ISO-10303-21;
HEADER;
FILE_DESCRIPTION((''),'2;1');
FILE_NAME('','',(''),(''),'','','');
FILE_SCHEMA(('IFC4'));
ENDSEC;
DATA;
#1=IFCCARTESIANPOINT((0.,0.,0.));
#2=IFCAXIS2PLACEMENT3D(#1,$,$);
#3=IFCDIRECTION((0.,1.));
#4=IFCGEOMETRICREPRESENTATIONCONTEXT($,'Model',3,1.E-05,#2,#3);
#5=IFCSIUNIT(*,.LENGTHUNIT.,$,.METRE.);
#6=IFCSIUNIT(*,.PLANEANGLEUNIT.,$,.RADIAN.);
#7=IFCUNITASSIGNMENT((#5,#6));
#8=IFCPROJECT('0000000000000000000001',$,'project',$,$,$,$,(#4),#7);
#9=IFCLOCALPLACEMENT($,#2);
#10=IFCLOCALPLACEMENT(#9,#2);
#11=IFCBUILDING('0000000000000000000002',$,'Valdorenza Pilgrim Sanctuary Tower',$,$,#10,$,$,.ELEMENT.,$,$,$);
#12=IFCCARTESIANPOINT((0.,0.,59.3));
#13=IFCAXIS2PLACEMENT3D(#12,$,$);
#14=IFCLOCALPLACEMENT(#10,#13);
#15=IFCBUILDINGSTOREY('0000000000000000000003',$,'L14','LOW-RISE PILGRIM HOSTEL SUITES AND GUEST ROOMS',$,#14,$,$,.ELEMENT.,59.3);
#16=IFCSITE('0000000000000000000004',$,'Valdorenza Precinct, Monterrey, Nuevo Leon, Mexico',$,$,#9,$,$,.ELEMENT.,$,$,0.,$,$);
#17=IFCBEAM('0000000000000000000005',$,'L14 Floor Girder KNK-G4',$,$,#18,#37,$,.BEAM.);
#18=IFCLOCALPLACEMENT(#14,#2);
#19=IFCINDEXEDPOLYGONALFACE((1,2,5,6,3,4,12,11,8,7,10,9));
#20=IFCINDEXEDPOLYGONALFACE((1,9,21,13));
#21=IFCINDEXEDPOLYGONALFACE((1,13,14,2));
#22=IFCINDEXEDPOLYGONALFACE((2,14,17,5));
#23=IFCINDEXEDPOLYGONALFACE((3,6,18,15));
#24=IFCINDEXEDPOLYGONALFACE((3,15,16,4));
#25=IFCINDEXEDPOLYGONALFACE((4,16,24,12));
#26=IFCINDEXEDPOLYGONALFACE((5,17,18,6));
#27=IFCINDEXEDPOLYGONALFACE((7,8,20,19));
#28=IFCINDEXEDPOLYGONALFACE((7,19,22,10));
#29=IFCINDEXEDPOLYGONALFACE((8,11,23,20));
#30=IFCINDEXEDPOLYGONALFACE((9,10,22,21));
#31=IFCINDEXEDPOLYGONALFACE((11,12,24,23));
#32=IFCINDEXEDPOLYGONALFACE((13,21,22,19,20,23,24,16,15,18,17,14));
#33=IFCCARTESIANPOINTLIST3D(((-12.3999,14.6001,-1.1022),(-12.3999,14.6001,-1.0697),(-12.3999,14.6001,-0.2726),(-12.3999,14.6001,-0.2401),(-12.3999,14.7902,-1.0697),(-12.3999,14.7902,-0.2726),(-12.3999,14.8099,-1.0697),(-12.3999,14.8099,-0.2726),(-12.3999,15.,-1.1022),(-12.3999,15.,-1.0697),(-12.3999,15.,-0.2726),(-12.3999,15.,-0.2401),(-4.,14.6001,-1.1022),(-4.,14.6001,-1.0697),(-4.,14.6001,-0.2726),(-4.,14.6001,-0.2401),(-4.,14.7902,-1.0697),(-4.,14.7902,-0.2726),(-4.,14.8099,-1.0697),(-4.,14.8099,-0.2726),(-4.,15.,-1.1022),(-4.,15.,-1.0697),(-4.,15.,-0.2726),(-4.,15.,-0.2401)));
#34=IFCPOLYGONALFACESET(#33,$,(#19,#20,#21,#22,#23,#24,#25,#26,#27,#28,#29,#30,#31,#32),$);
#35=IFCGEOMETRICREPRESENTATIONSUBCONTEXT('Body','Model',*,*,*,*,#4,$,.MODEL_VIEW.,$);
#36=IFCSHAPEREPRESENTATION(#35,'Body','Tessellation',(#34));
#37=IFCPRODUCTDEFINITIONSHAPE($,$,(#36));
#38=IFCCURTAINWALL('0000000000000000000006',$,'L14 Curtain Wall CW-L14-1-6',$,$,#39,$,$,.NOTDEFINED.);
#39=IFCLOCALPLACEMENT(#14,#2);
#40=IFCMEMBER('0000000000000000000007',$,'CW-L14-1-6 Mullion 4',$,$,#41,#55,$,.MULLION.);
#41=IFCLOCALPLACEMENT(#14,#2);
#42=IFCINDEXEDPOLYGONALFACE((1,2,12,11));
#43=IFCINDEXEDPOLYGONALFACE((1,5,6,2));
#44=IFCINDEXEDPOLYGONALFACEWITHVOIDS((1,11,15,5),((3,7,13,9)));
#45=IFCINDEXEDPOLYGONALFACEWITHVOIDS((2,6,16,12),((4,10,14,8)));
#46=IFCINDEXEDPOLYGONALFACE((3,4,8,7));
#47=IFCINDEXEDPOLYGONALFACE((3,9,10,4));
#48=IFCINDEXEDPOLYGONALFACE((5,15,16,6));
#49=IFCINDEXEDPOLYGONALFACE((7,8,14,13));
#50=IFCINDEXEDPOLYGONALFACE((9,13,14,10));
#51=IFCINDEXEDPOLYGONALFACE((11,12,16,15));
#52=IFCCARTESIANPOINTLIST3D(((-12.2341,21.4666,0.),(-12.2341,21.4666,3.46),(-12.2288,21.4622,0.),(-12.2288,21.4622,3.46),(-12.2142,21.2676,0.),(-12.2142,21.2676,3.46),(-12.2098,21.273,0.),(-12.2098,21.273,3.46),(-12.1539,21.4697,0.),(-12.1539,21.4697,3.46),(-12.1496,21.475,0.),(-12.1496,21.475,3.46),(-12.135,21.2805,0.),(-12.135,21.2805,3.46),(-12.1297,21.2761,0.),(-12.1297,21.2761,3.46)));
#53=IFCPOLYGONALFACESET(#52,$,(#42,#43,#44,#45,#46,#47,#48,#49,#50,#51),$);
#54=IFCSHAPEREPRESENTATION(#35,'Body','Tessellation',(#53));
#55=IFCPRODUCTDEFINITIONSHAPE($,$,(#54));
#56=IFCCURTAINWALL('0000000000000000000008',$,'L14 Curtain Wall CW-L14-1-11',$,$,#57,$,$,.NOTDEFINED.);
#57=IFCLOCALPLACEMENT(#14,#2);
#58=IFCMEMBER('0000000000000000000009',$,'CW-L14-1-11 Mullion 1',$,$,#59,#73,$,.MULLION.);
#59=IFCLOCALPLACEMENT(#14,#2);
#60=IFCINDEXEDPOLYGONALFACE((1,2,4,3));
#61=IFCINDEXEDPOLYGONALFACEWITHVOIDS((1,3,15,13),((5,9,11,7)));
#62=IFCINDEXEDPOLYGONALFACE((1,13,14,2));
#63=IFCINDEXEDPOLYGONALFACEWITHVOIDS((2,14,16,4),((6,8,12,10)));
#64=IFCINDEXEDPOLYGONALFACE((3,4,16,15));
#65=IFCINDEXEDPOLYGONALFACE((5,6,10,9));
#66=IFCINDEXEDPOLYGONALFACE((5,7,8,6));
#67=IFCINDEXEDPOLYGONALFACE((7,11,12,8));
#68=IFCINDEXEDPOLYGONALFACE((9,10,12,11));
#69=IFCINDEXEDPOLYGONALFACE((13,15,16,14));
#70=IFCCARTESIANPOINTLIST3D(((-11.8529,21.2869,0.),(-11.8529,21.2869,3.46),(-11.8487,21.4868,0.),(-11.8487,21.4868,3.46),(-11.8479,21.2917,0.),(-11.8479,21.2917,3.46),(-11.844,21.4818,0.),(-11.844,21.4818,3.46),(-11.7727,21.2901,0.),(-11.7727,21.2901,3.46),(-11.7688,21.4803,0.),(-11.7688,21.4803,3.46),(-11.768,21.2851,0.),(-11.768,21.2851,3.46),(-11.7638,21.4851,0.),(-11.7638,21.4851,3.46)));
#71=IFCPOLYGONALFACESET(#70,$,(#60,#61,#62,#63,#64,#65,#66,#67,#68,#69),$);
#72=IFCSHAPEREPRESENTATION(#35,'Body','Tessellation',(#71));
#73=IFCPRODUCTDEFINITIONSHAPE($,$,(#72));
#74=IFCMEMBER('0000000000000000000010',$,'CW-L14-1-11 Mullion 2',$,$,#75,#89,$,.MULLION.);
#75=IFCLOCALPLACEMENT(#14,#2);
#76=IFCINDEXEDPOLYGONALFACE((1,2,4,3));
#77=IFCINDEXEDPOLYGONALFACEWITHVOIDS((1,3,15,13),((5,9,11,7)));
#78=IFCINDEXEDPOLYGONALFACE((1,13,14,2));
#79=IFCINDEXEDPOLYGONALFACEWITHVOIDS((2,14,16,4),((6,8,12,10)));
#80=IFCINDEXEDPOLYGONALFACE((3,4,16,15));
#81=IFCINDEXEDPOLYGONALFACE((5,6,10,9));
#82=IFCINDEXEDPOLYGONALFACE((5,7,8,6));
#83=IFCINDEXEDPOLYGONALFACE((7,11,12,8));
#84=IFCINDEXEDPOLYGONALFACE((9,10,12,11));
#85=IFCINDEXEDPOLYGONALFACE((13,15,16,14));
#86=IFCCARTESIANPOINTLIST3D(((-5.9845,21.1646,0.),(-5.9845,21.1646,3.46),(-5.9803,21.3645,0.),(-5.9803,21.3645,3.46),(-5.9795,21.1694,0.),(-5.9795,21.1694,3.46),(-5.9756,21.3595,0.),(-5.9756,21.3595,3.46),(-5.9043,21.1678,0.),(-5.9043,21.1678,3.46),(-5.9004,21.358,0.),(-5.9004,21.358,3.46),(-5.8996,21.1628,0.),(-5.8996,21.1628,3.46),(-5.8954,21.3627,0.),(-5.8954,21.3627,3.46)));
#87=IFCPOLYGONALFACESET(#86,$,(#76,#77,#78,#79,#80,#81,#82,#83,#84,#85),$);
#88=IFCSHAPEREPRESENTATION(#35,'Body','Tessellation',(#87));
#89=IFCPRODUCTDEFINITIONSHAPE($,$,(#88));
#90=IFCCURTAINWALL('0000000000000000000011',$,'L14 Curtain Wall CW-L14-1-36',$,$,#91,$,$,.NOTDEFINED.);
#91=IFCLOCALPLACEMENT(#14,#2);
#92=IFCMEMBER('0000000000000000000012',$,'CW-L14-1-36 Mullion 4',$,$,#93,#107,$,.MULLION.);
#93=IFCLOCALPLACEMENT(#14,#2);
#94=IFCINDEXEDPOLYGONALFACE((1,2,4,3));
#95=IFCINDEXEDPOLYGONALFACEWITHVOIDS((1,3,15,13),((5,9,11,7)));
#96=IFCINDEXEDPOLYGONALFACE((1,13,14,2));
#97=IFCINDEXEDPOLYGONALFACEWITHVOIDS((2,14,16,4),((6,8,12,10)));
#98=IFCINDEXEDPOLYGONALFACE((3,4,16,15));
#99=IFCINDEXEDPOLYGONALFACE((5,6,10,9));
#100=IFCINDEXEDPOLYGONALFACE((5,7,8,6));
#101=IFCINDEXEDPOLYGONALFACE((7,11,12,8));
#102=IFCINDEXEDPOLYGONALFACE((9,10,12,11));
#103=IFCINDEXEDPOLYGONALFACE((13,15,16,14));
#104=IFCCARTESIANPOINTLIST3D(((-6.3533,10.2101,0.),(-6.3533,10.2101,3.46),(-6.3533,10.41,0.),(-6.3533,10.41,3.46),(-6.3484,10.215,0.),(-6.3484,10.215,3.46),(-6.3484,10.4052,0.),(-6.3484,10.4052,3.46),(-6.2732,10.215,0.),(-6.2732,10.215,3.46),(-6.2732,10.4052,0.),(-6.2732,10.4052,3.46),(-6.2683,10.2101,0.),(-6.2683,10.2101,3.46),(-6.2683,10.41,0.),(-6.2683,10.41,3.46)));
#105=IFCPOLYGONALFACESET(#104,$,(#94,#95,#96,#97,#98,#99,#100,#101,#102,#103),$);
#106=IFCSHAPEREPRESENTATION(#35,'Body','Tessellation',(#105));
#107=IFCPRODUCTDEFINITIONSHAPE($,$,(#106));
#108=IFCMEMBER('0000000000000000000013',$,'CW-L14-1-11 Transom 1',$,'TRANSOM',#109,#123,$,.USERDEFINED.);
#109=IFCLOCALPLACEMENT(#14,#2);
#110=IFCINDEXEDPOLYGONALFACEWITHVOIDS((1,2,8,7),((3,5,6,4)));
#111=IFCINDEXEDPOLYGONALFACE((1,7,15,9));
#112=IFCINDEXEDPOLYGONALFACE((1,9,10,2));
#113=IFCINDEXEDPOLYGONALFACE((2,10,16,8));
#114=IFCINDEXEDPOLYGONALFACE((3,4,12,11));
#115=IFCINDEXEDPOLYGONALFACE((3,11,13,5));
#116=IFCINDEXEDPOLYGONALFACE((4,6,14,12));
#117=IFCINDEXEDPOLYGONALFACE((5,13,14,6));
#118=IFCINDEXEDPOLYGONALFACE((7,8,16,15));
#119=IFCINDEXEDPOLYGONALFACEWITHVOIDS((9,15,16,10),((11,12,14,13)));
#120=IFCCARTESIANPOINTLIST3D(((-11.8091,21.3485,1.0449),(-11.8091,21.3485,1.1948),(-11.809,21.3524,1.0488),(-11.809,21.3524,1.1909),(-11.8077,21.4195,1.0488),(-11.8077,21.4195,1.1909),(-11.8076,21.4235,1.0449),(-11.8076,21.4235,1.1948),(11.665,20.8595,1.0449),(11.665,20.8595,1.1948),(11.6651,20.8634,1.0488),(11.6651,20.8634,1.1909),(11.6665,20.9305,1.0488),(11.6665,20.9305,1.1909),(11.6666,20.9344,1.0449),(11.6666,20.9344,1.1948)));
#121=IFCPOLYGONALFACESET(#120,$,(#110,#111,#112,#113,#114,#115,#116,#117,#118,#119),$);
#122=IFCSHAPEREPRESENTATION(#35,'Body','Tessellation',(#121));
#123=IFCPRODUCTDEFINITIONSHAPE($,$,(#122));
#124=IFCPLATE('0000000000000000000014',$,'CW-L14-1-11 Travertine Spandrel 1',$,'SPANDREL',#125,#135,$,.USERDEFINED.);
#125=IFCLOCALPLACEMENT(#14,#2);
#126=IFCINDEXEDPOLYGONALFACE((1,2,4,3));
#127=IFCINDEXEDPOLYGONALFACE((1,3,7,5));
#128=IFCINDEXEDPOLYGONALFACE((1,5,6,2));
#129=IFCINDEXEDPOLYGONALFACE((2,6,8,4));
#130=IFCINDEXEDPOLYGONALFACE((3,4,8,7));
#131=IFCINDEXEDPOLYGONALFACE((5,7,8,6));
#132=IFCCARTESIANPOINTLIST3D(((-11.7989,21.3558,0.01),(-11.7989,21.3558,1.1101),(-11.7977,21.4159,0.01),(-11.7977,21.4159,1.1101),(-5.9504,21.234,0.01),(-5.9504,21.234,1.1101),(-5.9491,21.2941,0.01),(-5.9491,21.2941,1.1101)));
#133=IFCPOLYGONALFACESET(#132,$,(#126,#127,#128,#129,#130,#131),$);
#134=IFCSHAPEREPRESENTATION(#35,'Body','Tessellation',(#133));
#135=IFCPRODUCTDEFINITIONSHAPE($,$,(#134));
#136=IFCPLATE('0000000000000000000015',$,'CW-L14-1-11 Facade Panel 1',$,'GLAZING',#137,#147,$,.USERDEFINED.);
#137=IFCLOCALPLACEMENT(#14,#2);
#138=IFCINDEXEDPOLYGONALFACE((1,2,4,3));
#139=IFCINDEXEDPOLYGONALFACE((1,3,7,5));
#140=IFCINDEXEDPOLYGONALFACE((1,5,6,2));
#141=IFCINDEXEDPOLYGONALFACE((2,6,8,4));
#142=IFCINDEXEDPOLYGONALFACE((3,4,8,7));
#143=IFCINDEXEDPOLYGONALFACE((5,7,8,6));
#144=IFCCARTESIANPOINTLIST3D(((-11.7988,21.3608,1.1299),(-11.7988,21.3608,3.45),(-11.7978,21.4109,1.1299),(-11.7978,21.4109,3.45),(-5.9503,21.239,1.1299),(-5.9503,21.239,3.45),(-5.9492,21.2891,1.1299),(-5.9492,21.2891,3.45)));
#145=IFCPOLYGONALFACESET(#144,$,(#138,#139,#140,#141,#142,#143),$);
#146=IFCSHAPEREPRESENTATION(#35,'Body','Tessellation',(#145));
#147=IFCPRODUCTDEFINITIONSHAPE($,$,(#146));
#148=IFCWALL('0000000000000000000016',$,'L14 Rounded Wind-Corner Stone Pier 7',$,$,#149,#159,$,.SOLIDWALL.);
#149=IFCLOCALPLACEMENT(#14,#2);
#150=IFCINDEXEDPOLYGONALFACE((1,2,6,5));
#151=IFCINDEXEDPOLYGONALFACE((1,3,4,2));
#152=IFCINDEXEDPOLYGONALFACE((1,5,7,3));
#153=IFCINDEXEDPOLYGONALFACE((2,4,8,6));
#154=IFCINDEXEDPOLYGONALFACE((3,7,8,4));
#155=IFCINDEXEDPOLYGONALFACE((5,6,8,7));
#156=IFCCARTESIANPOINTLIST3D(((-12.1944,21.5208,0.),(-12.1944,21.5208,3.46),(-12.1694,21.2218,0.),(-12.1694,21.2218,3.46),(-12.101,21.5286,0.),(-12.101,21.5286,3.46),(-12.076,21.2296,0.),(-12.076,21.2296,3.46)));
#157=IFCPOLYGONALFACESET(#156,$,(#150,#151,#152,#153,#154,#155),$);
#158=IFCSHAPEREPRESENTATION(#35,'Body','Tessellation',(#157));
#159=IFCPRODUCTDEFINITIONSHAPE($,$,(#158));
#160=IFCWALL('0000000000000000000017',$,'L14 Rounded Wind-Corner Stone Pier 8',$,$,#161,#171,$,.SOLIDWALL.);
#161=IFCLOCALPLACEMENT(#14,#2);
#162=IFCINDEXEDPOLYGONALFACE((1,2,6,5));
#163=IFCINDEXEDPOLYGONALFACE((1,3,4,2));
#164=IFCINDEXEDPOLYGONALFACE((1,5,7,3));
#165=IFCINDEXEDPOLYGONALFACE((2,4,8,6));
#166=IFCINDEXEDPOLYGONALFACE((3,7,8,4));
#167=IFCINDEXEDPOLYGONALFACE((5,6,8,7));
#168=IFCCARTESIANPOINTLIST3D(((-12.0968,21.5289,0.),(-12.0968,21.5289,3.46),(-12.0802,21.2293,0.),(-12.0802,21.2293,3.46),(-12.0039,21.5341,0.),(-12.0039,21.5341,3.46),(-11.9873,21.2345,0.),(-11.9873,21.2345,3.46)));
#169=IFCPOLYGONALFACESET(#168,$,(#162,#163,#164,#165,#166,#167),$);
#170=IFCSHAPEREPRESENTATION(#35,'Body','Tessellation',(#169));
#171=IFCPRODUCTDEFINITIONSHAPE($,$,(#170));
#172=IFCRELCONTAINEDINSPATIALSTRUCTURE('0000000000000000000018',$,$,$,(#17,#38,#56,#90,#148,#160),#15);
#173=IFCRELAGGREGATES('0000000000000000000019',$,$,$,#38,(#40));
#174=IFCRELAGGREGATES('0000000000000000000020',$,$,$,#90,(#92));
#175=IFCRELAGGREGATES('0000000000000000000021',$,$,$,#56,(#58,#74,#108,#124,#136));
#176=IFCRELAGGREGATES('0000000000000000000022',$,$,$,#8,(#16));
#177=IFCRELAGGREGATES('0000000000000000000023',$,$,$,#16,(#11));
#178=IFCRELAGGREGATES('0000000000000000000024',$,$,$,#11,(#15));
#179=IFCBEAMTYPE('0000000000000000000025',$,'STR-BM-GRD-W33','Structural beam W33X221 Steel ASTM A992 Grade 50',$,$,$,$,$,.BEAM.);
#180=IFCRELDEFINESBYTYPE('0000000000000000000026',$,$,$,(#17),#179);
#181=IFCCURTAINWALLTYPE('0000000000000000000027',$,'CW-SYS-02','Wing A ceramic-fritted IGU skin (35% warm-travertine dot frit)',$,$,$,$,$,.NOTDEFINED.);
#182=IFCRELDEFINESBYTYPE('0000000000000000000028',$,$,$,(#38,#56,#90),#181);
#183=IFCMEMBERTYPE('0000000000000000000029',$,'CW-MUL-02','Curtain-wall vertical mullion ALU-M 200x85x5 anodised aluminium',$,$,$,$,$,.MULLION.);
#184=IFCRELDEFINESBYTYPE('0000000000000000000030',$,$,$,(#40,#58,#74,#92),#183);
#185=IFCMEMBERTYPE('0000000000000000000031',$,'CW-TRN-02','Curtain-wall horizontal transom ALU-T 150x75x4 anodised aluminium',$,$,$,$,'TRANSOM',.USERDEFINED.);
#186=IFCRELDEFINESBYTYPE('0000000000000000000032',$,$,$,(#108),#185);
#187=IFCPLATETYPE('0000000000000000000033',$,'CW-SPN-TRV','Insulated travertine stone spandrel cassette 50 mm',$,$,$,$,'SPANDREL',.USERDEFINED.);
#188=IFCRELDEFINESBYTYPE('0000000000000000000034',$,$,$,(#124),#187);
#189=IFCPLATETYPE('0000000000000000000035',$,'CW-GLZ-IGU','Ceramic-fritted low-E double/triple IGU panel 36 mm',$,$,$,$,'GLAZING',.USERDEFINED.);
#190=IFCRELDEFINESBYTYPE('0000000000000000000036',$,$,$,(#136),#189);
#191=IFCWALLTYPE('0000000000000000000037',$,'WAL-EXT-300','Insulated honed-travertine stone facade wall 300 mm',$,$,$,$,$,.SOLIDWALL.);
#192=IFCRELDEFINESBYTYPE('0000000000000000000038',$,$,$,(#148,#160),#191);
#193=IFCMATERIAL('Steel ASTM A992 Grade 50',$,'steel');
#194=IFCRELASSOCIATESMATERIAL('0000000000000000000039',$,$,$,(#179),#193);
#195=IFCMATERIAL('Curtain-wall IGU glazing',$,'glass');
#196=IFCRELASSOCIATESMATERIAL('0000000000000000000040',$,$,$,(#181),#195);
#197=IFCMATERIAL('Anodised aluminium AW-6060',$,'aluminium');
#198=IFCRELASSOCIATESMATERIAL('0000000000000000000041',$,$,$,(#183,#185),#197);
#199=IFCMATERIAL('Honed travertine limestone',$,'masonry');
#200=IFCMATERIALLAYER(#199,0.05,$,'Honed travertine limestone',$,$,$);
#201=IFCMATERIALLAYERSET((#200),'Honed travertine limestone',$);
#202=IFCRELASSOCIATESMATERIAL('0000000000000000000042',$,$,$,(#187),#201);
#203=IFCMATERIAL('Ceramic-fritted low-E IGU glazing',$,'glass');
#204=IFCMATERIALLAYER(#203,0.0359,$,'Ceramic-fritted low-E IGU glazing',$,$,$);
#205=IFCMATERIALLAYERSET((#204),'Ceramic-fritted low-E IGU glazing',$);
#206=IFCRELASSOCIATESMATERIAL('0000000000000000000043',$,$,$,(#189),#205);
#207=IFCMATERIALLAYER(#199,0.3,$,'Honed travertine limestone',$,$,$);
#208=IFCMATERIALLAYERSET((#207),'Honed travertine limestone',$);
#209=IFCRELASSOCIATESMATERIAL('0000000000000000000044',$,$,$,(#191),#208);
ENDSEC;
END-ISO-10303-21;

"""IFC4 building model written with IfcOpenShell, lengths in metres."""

from ifc_helpers import new_model, si_unit, direction, frame, frame_2d, origin, origin_2d, place, context, subcontext, project, spatial, rectangle, hollow_rectangle, i_section, extrude, source, transform, mapped, material, layer, layer_set, material_profile, profile_set, type_object, element, aggregate, save


model = new_model("IFC4")

# Units and contexts
model_context = context("Model", 3, precision=1e-05, world=origin(), true_north=direction((0.0, 1.0)))
body_context = subcontext(model_context, "Body", "Model", "MODEL_VIEW")
ifc_project = project(units=[si_unit("LENGTHUNIT", "METRE"), si_unit("PLANEANGLEUNIT", "RADIAN")], contexts=[model_context])

# Site, building, storey
site_placement = place(None, origin())
site = spatial("IfcSite", under=ifc_project, at=site_placement, Name="Valdorenza Precinct, Monterrey, Nuevo Leon, Mexico", CompositionType="ELEMENT", RefElevation=0.0)
building_placement = place(site_placement, origin())
building = spatial("IfcBuilding", under=site, at=building_placement, Name="Valdorenza Pilgrim Sanctuary Tower", CompositionType="ELEMENT")
storey_placement = place(building_placement, frame((0.0, 0.0, 59.3)))
storey = spatial("IfcBuildingStorey", under=building, at=storey_placement, Name="L14", Description="LOW-RISE PILGRIM HOSTEL SUITES AND GUEST ROOMS", CompositionType="ELEMENT", Elevation=59.3)

# Beam
ifc_material_1 = material(Name="Steel ASTM A992 Grade 50", Category="steel")
ifc_material_profile_1 = material_profile(ifc_material_1, i_section(OverallWidth=0.3999, OverallDepth=0.8621, WebThickness=0.0198, FlangeThickness=0.0325, at=origin_2d()), Name="W33X221")
ifc_profile_set_1 = profile_set([ifc_material_profile_1], Name="Steel ASTM A992 Grade 50")
beam_type = type_object("IfcBeamType", Name="STR-BM-GRD-W33", Description="Structural beam W33X221 Steel ASTM A992 Grade 50", PredefinedType="BEAM", material=ifc_profile_set_1)
shared_shape_1 = source(origin(), body_context, "Body", "SweptSolid", [
    extrude(i_section(OverallWidth=0.3999, OverallDepth=0.8621, WebThickness=0.0198, FlangeThickness=0.0325, at=origin_2d()), origin(), (0.0, 0.0, 1.0), 8.3999),
])
beam_placement = place(storey_placement, frame((-12.3999, 14.8, -0.6711), z_axis=(1.0, 0.0, 0.0), x_axis=(0.0, 1.0, 0.0)))
element("IfcBeam", 1, at=beam_placement, inside=storey, type_object=beam_type, Name="L14 Floor Girder KNK-G4", PredefinedType="BEAM", context=body_context, shape_type="MappedRepresentation", body=[
    mapped(shared_shape_1, transform((0.0, 0.0, 0.0), x_axis=(1.0, 0.0, 0.0), y_axis=(0.0, 1.0, 0.0), z_axis=(0.0, 0.0, 1.0), scale=1.0)),
])

# Curtain wall, member
ifc_material_2 = material(Name="Curtain-wall IGU glazing", Category="glass")
curtain_wall_type = type_object("IfcCurtainWallType", Name="CW-SYS-02", Description="Wing A ceramic-fritted IGU skin (35% warm-travertine dot frit)", PredefinedType="NOTDEFINED", material=ifc_material_2)
curtain_wall_1_placement = place(storey_placement, origin())
curtain_wall_1 = element("IfcCurtainWall", 2, at=curtain_wall_1_placement, inside=storey, type_object=curtain_wall_type, Name="L14 Curtain Wall CW-L14-1-6", PredefinedType="NOTDEFINED")
ifc_material_3 = material(Name="Anodised aluminium AW-6060", Category="aluminium")
ifc_material_profile_2 = material_profile(ifc_material_3, hollow_rectangle(XDim=0.085, YDim=0.2, WallThickness=0.0049, at=origin_2d()), Name="ALU-M 200x85x5")
ifc_profile_set_2 = profile_set([ifc_material_profile_2], Name="Anodised aluminium AW-6060")
member_type_1 = type_object("IfcMemberType", Name="CW-MUL-02", Description="Curtain-wall vertical mullion ALU-M 200x85x5 anodised aluminium", PredefinedType="MULLION", material=ifc_profile_set_2)
shared_shape_2 = source(origin(), body_context, "Body", "SweptSolid", [
    extrude(hollow_rectangle(XDim=0.085, YDim=0.2, WallThickness=0.0049, at=origin_2d()), origin(), (0.0, 0.0, 1.0), 3.46),
])
member_1_placement = place(storey_placement, frame((-12.1819, 21.3713, 0.0), z_axis=(0.0, 0.0, 1.0), x_axis=(0.995038, 0.099493, 0.0)))
member_1 = element("IfcMember", 3, at=member_1_placement, type_object=member_type_1, Name="CW-L14-1-6 Mullion 4", PredefinedType="MULLION", context=body_context, shape_type="MappedRepresentation", body=[
    mapped(shared_shape_2, transform((0.0, 0.0, 0.0), x_axis=(1.0, 0.0, 0.0), y_axis=(0.0, 1.0, 0.0), z_axis=(0.0, 0.0, 1.0), scale=1.0)),
])
aggregate(curtain_wall_1, [member_1])

# Curtain wall, members
curtain_wall_2_placement = place(storey_placement, origin())
curtain_wall_2 = element("IfcCurtainWall", 4, at=curtain_wall_2_placement, inside=storey, type_object=curtain_wall_type, Name="L14 Curtain Wall CW-L14-1-11", PredefinedType="NOTDEFINED")
member_2_placement = place(storey_placement, frame((-11.8083, 21.386, 0.0), z_axis=(0.0, 0.0, 1.0), x_axis=(0.999783, -0.02082, 0.0)))
member_2 = element("IfcMember", 5, at=member_2_placement, type_object=member_type_1, Name="CW-L14-1-11 Mullion 1", PredefinedType="MULLION", context=body_context, shape_type="MappedRepresentation", body=[
    mapped(shared_shape_2, transform((0.0, 0.0, 0.0), x_axis=(1.0, 0.0, 0.0), y_axis=(0.0, 1.0, 0.0), z_axis=(0.0, 0.0, 1.0), scale=1.0)),
])
member_3_placement = place(storey_placement, frame((-5.9399, 21.2637, 0.0), z_axis=(0.0, 0.0, 1.0), x_axis=(0.999783, -0.02082, 0.0)))
member_3 = element("IfcMember", 6, at=member_3_placement, type_object=member_type_1, Name="CW-L14-1-11 Mullion 2", PredefinedType="MULLION", context=body_context, shape_type="MappedRepresentation", body=[
    mapped(shared_shape_2, transform((0.0, 0.0, 0.0), x_axis=(1.0, 0.0, 0.0), y_axis=(0.0, 1.0, 0.0), z_axis=(0.0, 0.0, 1.0), scale=1.0)),
])

# Curtain wall, member
curtain_wall_3_placement = place(storey_placement, origin())
curtain_wall_3 = element("IfcCurtainWall", 7, at=curtain_wall_3_placement, inside=storey, type_object=curtain_wall_type, Name="L14 Curtain Wall CW-L14-1-36", PredefinedType="NOTDEFINED")
member_4_placement = place(storey_placement, frame((-6.3108, 10.3101, 0.0), z_axis=(0.0, 0.0, 1.0), x_axis=(-1.0, 0.0, 0.0)))
member_4 = element("IfcMember", 8, at=member_4_placement, type_object=member_type_1, Name="CW-L14-1-36 Mullion 4", PredefinedType="MULLION", context=body_context, shape_type="MappedRepresentation", body=[
    mapped(shared_shape_2, transform((0.0, 0.0, 0.0), x_axis=(1.0, 0.0, 0.0), y_axis=(0.0, 1.0, 0.0), z_axis=(0.0, 0.0, 1.0), scale=1.0)),
])
aggregate(curtain_wall_3, [member_4])

# Member
ifc_material_profile_3 = material_profile(ifc_material_3, hollow_rectangle(XDim=0.075, YDim=0.1499, WallThickness=0.0039, at=origin_2d()), Name="ALU-T 150x75x4")
ifc_profile_set_3 = profile_set([ifc_material_profile_3], Name="Anodised aluminium AW-6060")
member_type_2 = type_object("IfcMemberType", Name="CW-TRN-02", Description="Curtain-wall horizontal transom ALU-T 150x75x4 anodised aluminium", ElementType="TRANSOM", PredefinedType="USERDEFINED", material=ifc_profile_set_3)
shared_shape_3 = source(origin(), body_context, "Body", "SweptSolid", [
    extrude(hollow_rectangle(XDim=0.075, YDim=0.1499, WallThickness=0.0039, at=origin_2d()), origin(), (0.0, 0.0, 1.0), 23.4792),
])
member_5_placement = place(storey_placement, frame((-11.8083, 21.386, 1.1199), z_axis=(0.999783, -0.020828, 0.0), x_axis=(0.020828, 0.999783, 0.0)))
member_5 = element("IfcMember", 9, at=member_5_placement, type_object=member_type_2, Name="CW-L14-1-11 Transom 1", ObjectType="TRANSOM", PredefinedType="USERDEFINED", context=body_context, shape_type="MappedRepresentation", body=[
    mapped(shared_shape_3, transform((0.0, 0.0, 0.0), x_axis=(1.0, 0.0, 0.0), y_axis=(0.0, 1.0, 0.0), z_axis=(0.0, 0.0, 1.0), scale=1.0)),
])

# Plates
ifc_material_4 = material(Name="Honed travertine limestone", Category="masonry")
ifc_layer_1 = layer(ifc_material_4, 0.05, Name="Honed travertine limestone")
ifc_layer_set_1 = layer_set([ifc_layer_1], Name="Honed travertine limestone")
plate_type_1 = type_object("IfcPlateType", Name="CW-SPN-TRV", Description="Insulated travertine stone spandrel cassette 50 mm", ElementType="SPANDREL", PredefinedType="USERDEFINED", material=ifc_layer_set_1)
shared_shape_4 = source(origin(), body_context, "Body", "SweptSolid", [
    extrude(rectangle(XDim=5.8499, YDim=0.0601, at=origin_2d()), origin(), (0.0, 0.0, 1.0), 1.1001),
])
plate_1_placement = place(storey_placement, frame((-8.874, 21.325, 0.01), z_axis=(0.0, 0.0, 1.0), x_axis=(0.999783, -0.02082, 0.0)))
plate_1 = element("IfcPlate", 10, at=plate_1_placement, type_object=plate_type_1, Name="CW-L14-1-11 Travertine Spandrel 1", ObjectType="SPANDREL", PredefinedType="USERDEFINED", context=body_context, shape_type="MappedRepresentation", body=[
    mapped(shared_shape_4, transform((0.0, 0.0, 0.0), x_axis=(1.0, 0.0, 0.0), y_axis=(0.0, 1.0, 0.0), z_axis=(0.0, 0.0, 1.0), scale=1.0)),
])
ifc_material_5 = material(Name="Ceramic-fritted low-E IGU glazing", Category="glass")
ifc_layer_2 = layer(ifc_material_5, 0.0359, Name="Ceramic-fritted low-E IGU glazing")
ifc_layer_set_2 = layer_set([ifc_layer_2], Name="Ceramic-fritted low-E IGU glazing")
plate_type_2 = type_object("IfcPlateType", Name="CW-GLZ-IGU", Description="Ceramic-fritted low-E double/triple IGU panel 36 mm", ElementType="GLAZING", PredefinedType="USERDEFINED", material=ifc_layer_set_2)
shared_shape_5 = source(origin(), body_context, "Body", "SweptSolid", [
    extrude(rectangle(XDim=5.8499, YDim=0.05, at=origin_2d()), origin(), (0.0, 0.0, 1.0), 2.3201),
])
plate_2_placement = place(storey_placement, frame((-8.874, 21.325, 1.1299), z_axis=(0.0, 0.0, 1.0), x_axis=(0.999783, -0.02082, 0.0)))
plate_2 = element("IfcPlate", 11, at=plate_2_placement, type_object=plate_type_2, Name="CW-L14-1-11 Facade Panel 1", ObjectType="GLAZING", PredefinedType="USERDEFINED", context=body_context, shape_type="MappedRepresentation", body=[
    mapped(shared_shape_5, transform((0.0, 0.0, 0.0), x_axis=(1.0, 0.0, 0.0), y_axis=(0.0, 1.0, 0.0), z_axis=(0.0, 0.0, 1.0), scale=1.0)),
])
aggregate(curtain_wall_2, [member_2, member_3, member_5, plate_1, plate_2])

# Walls
ifc_layer_3 = layer(ifc_material_4, 0.3, Name="Honed travertine limestone")
ifc_layer_set_3 = layer_set([ifc_layer_3], Name="Honed travertine limestone")
wall_type_1 = type_object("IfcWallType", Name="WAL-EXT-300", Description="Insulated honed-travertine stone facade wall 300 mm", PredefinedType="SOLIDWALL", material=ifc_layer_set_3)
wall_1_placement = place(storey_placement, frame((-12.1819, 21.3713, 0.0), z_axis=(0.0, 0.0, 1.0), x_axis=(0.996528, 0.083261, 0.0)))
element("IfcWall", 12, at=wall_1_placement, inside=storey, type_object=wall_type_1, Name="L14 Rounded Wind-Corner Stone Pier 7", PredefinedType="SOLIDWALL", context=body_context, shape_type="SweptSolid", body=[
    extrude(rectangle(XDim=0.0938, YDim=0.3, at=frame_2d((0.0469, 0.0))), origin(), (0.0, 0.0, 1.0), 3.46),
])
wall_2_placement = place(storey_placement, frame((-12.0884, 21.3792, 0.0), z_axis=(0.0, 0.0, 1.0), x_axis=(0.998476, 0.055179, 0.0)))
element("IfcWall", 13, at=wall_2_placement, inside=storey, type_object=wall_type_1, Name="L14 Rounded Wind-Corner Stone Pier 8", PredefinedType="SOLIDWALL", context=body_context, shape_type="SweptSolid", body=[
    extrude(rectangle(XDim=0.093, YDim=0.3, at=frame_2d((0.0464, 0.0))), origin(), (0.0, 0.0, 1.0), 3.46),
])

save(model, "model.ifc")
